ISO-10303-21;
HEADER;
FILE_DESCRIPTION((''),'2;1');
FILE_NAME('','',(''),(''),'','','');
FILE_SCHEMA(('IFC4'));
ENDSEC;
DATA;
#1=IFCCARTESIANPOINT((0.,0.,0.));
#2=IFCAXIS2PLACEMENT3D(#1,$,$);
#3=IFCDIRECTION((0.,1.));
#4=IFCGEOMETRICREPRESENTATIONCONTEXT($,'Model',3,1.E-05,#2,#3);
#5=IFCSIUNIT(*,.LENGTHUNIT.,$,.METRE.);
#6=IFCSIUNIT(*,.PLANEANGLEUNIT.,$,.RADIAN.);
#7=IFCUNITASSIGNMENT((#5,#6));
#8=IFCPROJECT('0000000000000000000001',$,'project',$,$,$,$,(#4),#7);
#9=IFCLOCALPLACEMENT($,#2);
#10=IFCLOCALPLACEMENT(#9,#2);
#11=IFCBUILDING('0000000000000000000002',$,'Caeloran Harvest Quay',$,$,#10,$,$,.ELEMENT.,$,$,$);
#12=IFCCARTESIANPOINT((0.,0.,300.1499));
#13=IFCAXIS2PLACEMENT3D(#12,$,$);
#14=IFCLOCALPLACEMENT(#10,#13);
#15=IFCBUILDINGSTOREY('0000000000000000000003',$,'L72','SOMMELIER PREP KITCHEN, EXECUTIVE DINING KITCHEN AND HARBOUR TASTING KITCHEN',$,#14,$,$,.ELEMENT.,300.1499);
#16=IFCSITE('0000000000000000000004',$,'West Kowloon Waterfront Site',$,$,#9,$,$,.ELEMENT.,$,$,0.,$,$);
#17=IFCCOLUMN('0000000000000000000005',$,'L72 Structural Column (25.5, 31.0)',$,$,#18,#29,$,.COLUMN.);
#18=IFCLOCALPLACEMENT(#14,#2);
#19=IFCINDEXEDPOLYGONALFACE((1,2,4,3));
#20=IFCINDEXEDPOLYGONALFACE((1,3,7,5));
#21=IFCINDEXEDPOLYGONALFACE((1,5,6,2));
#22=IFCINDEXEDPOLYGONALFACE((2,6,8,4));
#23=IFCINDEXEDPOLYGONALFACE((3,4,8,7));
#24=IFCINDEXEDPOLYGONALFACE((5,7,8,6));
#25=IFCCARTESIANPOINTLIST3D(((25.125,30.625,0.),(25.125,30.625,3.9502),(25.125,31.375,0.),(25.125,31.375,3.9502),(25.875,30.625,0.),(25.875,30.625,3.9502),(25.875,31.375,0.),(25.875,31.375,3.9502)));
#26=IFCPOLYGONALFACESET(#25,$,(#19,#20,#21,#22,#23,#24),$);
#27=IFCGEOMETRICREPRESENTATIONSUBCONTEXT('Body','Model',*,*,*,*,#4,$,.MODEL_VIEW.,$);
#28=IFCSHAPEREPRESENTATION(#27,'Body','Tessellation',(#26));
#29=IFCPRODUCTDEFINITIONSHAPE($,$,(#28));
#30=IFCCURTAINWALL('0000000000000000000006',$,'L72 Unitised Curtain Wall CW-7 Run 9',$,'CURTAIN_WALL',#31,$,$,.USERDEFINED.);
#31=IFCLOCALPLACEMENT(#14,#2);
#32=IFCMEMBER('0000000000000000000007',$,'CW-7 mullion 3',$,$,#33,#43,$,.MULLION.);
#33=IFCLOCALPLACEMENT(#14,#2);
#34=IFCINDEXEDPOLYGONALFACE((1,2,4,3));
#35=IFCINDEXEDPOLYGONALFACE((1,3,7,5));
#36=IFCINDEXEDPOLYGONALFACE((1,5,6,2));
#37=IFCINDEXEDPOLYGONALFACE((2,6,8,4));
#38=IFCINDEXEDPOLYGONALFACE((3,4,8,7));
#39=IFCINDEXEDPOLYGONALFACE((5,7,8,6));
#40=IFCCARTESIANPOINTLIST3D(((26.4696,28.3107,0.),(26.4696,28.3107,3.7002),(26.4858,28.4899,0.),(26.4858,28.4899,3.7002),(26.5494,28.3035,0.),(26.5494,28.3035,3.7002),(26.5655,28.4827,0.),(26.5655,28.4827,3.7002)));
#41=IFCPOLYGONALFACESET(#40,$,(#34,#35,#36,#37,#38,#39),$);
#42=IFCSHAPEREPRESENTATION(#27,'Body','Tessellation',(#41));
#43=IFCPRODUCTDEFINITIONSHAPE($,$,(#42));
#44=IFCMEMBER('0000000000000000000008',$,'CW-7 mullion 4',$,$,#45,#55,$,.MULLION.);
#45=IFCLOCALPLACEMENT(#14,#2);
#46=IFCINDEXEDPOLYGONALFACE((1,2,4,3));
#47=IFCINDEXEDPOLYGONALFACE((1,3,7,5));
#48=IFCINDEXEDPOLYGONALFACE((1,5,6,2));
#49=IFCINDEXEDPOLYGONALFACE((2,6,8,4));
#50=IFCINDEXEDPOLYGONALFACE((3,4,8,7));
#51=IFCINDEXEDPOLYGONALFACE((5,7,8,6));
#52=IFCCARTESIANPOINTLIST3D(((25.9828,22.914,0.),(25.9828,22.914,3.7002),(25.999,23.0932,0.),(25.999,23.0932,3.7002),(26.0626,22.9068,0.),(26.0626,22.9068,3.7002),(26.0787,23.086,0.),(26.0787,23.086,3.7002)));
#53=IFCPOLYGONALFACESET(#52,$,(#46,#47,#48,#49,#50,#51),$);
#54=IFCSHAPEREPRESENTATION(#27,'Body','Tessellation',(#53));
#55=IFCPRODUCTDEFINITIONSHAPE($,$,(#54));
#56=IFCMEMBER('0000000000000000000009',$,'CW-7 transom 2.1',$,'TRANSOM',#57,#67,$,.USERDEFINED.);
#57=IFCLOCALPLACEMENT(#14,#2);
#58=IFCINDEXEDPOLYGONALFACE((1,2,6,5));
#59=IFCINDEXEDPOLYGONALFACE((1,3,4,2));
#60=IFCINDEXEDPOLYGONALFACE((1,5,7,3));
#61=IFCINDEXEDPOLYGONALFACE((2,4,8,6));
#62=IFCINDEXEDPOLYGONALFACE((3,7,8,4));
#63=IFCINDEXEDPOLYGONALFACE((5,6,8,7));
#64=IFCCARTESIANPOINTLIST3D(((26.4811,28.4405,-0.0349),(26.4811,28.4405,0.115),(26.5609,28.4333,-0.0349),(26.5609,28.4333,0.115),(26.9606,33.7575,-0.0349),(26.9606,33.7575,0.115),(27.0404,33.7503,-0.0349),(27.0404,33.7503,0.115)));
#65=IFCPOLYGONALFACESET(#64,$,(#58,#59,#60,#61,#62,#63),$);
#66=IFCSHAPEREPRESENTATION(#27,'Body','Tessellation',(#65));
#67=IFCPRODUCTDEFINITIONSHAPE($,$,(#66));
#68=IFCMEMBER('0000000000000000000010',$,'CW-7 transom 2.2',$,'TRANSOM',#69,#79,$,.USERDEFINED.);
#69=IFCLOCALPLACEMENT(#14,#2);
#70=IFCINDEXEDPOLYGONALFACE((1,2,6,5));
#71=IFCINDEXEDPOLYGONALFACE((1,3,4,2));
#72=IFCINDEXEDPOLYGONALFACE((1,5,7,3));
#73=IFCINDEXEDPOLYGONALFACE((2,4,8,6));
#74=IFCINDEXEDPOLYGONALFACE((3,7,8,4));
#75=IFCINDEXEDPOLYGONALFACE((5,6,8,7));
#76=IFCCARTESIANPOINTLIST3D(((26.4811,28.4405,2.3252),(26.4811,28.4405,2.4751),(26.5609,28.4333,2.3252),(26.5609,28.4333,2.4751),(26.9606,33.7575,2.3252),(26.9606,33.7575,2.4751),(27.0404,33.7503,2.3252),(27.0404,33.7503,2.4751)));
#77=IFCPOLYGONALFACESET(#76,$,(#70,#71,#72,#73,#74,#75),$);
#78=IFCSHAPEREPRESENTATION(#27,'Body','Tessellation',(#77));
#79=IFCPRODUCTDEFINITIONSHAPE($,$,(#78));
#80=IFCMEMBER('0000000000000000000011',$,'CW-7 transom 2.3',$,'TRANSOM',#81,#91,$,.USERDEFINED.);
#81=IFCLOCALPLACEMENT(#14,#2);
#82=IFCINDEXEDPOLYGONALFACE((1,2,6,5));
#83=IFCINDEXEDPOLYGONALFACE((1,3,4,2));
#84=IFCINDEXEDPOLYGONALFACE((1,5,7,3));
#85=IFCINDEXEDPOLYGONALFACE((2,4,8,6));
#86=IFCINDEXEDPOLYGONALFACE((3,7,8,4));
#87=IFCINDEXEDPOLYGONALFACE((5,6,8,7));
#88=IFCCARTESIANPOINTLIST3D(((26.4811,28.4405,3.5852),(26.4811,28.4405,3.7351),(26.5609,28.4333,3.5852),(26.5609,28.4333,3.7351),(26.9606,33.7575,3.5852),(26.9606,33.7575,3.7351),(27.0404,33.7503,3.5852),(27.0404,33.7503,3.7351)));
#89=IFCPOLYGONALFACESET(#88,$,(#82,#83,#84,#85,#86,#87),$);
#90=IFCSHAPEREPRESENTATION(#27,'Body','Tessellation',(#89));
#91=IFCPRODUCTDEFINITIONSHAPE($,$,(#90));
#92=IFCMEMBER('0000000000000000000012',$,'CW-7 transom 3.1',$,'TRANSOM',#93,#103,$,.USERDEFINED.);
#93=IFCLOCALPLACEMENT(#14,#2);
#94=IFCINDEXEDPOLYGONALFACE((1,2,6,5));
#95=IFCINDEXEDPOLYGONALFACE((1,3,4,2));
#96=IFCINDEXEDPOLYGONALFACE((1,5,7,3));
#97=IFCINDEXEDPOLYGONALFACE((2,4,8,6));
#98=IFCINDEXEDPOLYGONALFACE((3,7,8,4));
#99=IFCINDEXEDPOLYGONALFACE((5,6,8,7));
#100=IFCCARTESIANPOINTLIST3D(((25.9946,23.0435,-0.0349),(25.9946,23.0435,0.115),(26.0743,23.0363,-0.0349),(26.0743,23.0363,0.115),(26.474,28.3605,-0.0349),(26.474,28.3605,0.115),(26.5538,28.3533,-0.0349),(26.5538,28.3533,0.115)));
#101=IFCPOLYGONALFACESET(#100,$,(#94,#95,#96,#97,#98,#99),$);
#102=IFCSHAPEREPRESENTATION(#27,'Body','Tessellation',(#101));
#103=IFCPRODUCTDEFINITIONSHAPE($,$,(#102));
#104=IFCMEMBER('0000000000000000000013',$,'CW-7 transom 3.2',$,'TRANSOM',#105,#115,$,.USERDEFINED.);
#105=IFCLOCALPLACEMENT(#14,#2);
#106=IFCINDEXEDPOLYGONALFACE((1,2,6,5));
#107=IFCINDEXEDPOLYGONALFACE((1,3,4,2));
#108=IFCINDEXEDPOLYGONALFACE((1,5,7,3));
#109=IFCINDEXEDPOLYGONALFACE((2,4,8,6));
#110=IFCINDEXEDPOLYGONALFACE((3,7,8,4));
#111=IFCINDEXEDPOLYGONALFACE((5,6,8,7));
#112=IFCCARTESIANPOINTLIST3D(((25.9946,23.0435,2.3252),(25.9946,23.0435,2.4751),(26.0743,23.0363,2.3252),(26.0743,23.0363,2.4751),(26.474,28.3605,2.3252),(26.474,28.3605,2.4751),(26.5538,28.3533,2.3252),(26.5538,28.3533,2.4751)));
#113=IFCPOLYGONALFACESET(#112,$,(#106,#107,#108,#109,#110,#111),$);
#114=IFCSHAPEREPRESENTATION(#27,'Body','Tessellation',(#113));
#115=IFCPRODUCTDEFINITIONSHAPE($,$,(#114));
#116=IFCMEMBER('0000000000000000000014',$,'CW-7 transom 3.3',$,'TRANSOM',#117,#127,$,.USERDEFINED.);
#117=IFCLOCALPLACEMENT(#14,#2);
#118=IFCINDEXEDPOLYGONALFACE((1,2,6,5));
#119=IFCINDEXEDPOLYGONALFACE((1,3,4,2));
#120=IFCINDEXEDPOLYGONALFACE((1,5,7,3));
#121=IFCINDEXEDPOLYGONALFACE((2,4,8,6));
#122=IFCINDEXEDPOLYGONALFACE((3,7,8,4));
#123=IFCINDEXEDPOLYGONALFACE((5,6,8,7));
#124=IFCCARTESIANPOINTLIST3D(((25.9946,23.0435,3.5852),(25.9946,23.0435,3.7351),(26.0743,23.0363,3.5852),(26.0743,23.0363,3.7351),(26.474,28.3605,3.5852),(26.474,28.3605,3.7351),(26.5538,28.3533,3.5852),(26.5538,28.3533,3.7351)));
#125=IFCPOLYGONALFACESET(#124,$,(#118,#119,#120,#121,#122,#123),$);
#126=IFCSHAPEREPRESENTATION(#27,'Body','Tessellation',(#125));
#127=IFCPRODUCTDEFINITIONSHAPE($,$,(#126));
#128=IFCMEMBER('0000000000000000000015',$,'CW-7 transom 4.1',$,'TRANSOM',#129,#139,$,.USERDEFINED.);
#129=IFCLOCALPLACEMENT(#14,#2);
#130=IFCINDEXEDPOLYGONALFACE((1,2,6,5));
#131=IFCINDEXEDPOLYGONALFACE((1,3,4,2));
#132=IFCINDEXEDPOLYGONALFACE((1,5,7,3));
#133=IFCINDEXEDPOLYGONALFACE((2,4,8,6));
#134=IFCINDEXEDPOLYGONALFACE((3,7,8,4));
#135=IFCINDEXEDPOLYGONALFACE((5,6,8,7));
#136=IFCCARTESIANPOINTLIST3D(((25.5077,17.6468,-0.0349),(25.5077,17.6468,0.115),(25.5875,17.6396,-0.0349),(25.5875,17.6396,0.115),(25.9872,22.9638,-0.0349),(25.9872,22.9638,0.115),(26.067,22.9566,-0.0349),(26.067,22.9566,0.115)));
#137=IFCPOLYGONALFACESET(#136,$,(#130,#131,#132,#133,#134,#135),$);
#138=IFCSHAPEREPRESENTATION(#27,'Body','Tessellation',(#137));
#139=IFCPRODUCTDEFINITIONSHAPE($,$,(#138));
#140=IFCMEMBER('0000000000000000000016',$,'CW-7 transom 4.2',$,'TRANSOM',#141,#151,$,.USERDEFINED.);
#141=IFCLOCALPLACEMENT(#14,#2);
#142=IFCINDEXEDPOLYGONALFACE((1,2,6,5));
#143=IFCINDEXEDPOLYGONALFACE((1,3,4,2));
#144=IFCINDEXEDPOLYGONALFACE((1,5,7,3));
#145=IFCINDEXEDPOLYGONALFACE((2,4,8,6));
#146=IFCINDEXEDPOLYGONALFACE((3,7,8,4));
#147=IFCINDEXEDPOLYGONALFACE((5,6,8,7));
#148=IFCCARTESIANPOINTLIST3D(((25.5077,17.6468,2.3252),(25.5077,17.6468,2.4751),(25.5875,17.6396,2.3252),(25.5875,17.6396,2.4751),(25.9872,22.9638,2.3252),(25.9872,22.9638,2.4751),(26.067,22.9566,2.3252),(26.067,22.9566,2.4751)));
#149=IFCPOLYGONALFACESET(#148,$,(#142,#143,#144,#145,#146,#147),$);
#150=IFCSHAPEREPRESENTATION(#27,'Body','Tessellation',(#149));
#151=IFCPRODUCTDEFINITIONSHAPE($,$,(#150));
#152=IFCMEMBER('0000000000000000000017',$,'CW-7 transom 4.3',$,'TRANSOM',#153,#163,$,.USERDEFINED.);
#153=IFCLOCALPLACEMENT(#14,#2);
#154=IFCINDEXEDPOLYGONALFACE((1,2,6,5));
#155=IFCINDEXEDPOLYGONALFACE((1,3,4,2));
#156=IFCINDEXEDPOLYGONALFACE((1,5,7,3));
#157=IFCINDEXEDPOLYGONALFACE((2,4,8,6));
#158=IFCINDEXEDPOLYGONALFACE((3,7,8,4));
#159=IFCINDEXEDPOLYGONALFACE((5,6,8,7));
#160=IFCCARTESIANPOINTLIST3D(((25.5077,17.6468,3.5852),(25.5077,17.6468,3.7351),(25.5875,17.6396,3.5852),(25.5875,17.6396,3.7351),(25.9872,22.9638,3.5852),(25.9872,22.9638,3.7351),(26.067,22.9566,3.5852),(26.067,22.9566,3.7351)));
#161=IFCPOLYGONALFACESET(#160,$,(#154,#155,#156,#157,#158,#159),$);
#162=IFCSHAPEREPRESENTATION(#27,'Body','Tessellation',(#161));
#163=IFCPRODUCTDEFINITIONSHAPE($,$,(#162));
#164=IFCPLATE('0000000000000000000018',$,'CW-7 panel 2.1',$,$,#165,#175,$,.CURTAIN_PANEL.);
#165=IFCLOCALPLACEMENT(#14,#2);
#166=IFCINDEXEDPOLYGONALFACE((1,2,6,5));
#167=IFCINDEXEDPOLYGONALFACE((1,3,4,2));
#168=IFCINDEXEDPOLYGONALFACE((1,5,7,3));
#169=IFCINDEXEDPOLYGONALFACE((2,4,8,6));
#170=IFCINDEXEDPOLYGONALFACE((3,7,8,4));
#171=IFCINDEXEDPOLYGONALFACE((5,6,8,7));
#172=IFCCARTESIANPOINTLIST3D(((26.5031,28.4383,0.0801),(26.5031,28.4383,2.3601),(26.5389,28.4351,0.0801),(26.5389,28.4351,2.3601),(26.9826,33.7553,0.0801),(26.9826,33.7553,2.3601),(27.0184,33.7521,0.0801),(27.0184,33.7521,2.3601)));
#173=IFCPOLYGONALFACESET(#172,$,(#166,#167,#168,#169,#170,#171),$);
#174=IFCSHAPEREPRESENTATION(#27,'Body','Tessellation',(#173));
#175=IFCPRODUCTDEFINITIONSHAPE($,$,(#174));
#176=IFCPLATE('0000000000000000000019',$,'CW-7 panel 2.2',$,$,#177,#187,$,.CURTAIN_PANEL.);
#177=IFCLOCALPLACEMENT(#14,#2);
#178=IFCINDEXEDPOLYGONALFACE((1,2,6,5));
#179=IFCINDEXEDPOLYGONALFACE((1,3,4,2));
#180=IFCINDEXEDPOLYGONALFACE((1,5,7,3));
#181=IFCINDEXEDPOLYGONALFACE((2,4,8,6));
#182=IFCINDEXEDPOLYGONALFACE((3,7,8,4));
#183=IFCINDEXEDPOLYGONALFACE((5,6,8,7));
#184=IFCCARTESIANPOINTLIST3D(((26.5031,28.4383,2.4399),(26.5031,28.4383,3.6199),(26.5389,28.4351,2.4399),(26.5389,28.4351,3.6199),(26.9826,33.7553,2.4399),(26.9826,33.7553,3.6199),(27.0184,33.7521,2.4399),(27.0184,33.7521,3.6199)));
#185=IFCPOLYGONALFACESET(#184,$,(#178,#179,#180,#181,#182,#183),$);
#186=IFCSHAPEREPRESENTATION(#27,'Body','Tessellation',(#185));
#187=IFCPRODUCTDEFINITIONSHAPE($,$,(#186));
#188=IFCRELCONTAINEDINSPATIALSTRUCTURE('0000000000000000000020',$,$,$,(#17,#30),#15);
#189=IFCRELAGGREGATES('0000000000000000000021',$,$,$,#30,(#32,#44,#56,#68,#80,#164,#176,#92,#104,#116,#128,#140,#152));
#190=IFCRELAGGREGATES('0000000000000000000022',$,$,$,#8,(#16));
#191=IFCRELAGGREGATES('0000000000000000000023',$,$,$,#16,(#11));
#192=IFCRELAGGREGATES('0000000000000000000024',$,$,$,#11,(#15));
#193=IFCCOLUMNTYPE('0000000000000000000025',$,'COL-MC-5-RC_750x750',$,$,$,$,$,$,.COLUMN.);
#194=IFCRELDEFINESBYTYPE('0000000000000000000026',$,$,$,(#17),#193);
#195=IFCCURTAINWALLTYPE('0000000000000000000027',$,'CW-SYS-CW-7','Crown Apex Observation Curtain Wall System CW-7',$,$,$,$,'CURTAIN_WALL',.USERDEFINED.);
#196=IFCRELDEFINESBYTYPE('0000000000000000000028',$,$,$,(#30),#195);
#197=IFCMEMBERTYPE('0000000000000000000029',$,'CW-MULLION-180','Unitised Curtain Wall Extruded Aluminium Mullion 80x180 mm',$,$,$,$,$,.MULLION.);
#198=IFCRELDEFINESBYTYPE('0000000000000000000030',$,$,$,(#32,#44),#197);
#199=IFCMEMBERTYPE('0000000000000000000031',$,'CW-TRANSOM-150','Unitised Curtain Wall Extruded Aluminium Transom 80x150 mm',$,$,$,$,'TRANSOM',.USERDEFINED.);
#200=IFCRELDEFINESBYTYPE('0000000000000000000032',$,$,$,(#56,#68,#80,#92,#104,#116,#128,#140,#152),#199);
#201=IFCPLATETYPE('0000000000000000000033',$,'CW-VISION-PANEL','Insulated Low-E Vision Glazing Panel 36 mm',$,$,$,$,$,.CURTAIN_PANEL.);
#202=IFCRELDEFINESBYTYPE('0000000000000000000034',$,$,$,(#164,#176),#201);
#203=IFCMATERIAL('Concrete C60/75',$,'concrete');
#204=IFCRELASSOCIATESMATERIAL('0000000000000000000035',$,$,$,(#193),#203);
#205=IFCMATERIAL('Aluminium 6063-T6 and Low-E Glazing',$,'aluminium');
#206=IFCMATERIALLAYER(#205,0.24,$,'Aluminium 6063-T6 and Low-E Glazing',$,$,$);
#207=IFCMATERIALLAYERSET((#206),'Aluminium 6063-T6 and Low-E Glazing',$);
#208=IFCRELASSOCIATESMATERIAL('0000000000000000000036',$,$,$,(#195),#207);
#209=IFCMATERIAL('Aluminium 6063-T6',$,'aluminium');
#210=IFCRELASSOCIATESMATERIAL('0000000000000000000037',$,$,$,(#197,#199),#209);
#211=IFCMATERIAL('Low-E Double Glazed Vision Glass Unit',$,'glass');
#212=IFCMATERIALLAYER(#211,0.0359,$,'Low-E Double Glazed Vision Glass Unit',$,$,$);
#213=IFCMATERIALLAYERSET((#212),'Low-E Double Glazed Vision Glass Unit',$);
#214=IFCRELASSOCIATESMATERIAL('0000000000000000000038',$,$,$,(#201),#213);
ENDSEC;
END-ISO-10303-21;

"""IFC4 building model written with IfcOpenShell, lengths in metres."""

from ifc_helpers import new_model, si_unit, direction, frame, origin, origin_2d, place, context, subcontext, project, spatial, rectangle, extrude, material, layer, layer_set, material_profile, profile_set, type_object, element, aggregate, save


model = new_model("IFC4")

# Units and contexts
model_context = context("Model", 3, precision=1e-05, world=origin(), true_north=direction((0.0, 1.0)))
body_context = subcontext(model_context, "Body", "Model", "MODEL_VIEW")
ifc_project = project(units=[si_unit("LENGTHUNIT", "METRE"), si_unit("PLANEANGLEUNIT", "RADIAN")], contexts=[model_context])

# Site, building, storey
site_placement = place(None, origin())
site = spatial("IfcSite", under=ifc_project, at=site_placement, Name="West Kowloon Waterfront Site", CompositionType="ELEMENT", RefElevation=0.0)
building_placement = place(site_placement, origin())
building = spatial("IfcBuilding", under=site, at=building_placement, Name="Caeloran Harvest Quay", CompositionType="ELEMENT")
storey_placement = place(building_placement, frame((0.0, 0.0, 300.1499)))
storey = spatial("IfcBuildingStorey", under=building, at=storey_placement, Name="L72", Description="SOMMELIER PREP KITCHEN, EXECUTIVE DINING KITCHEN AND HARBOUR TASTING KITCHEN", CompositionType="ELEMENT", Elevation=300.1499)

# Column
ifc_material_1 = material(Name="Concrete C60/75", Category="concrete")
ifc_material_profile_1 = material_profile(ifc_material_1, rectangle(XDim=0.75, YDim=0.75, at=origin_2d()), Name="RC 750x750")
ifc_profile_set_1 = profile_set([ifc_material_profile_1], Name="Concrete C60/75")
column_type = type_object("IfcColumnType", Name="COL-MC-5-RC_750x750", PredefinedType="COLUMN", material=ifc_profile_set_1)
column_placement = place(storey_placement, frame((25.5, 31.0, 0.0), z_axis=(0.0, 0.0, 1.0), x_axis=(1.0, 0.0, 0.0)))
element("IfcColumn", 1, at=column_placement, inside=storey, type_object=column_type, Name="L72 Structural Column (25.5, 31.0)", PredefinedType="COLUMN", context=body_context, shape_type="SweptSolid", body=[
    extrude(rectangle(XDim=0.75, YDim=0.75, at=origin_2d()), origin(), (0.0, 0.0, 1.0), 3.9502),
])

# Curtain wall, members, plates
ifc_material_2 = material(Name="Aluminium 6063-T6 and Low-E Glazing", Category="aluminium")
ifc_layer_1 = layer(ifc_material_2, 0.24, Name="Aluminium 6063-T6 and Low-E Glazing")
ifc_layer_set_1 = layer_set([ifc_layer_1], Name="Aluminium 6063-T6 and Low-E Glazing")
curtain_wall_type = type_object("IfcCurtainWallType", Name="CW-SYS-CW-7", Description="Crown Apex Observation Curtain Wall System CW-7", ElementType="CURTAIN_WALL", PredefinedType="USERDEFINED", material=ifc_layer_set_1)
curtain_wall_placement = place(storey_placement, origin())
curtain_wall = element("IfcCurtainWall", 2, at=curtain_wall_placement, inside=storey, type_object=curtain_wall_type, Name="L72 Unitised Curtain Wall CW-7 Run 9", ObjectType="CURTAIN_WALL", PredefinedType="USERDEFINED")
ifc_material_3 = material(Name="Aluminium 6063-T6", Category="aluminium")
ifc_material_profile_2 = material_profile(ifc_material_3, rectangle(XDim=0.0801, YDim=0.1799, at=origin_2d()), Name="CW-MULLION-180")
ifc_profile_set_2 = profile_set([ifc_material_profile_2], Name="Aluminium 6063-T6")
member_type_1 = type_object("IfcMemberType", Name="CW-MULLION-180", Description="Unitised Curtain Wall Extruded Aluminium Mullion 80x180 mm", PredefinedType="MULLION", material=ifc_profile_set_2)
member_1_placement = place(storey_placement, frame((26.5176, 28.3967, 0.0), z_axis=(0.0, 0.0, 1.0), x_axis=(0.995958, -0.089821, 0.0)))
member_1 = element("IfcMember", 3, at=member_1_placement, type_object=member_type_1, Name="CW-7 mullion 3", PredefinedType="MULLION", context=body_context, shape_type="SweptSolid", body=[
    extrude(rectangle(XDim=0.0801, YDim=0.1799, at=origin_2d()), origin(), (0.0, 0.0, 1.0), 3.7002),
])
member_2_placement = place(storey_placement, frame((26.0308, 23.0, 0.0), z_axis=(0.0, 0.0, 1.0), x_axis=(0.995958, -0.089821, 0.0)))
member_2 = element("IfcMember", 4, at=member_2_placement, type_object=member_type_1, Name="CW-7 mullion 4", PredefinedType="MULLION", context=body_context, shape_type="SweptSolid", body=[
    extrude(rectangle(XDim=0.0801, YDim=0.1799, at=origin_2d()), origin(), (0.0, 0.0, 1.0), 3.7002),
])
ifc_material_profile_3 = material_profile(ifc_material_3, rectangle(XDim=0.0801, YDim=0.1499, at=origin_2d()), Name="CW-TRANSOM-150")
ifc_profile_set_3 = profile_set([ifc_material_profile_3], Name="Aluminium 6063-T6")
member_type_2 = type_object("IfcMemberType", Name="CW-TRANSOM-150", Description="Unitised Curtain Wall Extruded Aluminium Transom 80x150 mm", ElementType="TRANSOM", PredefinedType="USERDEFINED", material=ifc_profile_set_3)
member_3_placement = place(storey_placement, frame((27.0005, 33.7539, 0.04), z_axis=(-0.089814, -0.995959, 0.0), x_axis=(0.995959, -0.089814, 0.0)))
member_3 = element("IfcMember", 5, at=member_3_placement, type_object=member_type_2, Name="CW-7 transom 2.1", ObjectType="TRANSOM", PredefinedType="USERDEFINED", context=body_context, shape_type="SweptSolid", body=[
    extrude(rectangle(XDim=0.0801, YDim=0.1499, at=origin_2d()), origin(), (0.0, 0.0, 1.0), 5.3386),
])
member_4_placement = place(storey_placement, frame((27.0005, 33.7539, 2.4001), z_axis=(-0.089814, -0.995959, 0.0), x_axis=(0.995959, -0.089814, 0.0)))
member_4 = element("IfcMember", 6, at=member_4_placement, type_object=member_type_2, Name="CW-7 transom 2.2", ObjectType="TRANSOM", PredefinedType="USERDEFINED", context=body_context, shape_type="SweptSolid", body=[
    extrude(rectangle(XDim=0.0801, YDim=0.1499, at=origin_2d()), origin(), (0.0, 0.0, 1.0), 5.3386),
])
member_5_placement = place(storey_placement, frame((27.0005, 33.7539, 3.6602), z_axis=(-0.089814, -0.995959, 0.0), x_axis=(0.995959, -0.089814, 0.0)))
member_5 = element("IfcMember", 7, at=member_5_placement, type_object=member_type_2, Name="CW-7 transom 2.3", ObjectType="TRANSOM", PredefinedType="USERDEFINED", context=body_context, shape_type="SweptSolid", body=[
    extrude(rectangle(XDim=0.0801, YDim=0.1499, at=origin_2d()), origin(), (0.0, 0.0, 1.0), 5.3386),
])
member_6_placement = place(storey_placement, frame((26.5139, 28.3569, 0.04), z_axis=(-0.089814, -0.995959, 0.0), x_axis=(0.995959, -0.089814, 0.0)))
member_6 = element("IfcMember", 8, at=member_6_placement, type_object=member_type_2, Name="CW-7 transom 3.1", ObjectType="TRANSOM", PredefinedType="USERDEFINED", context=body_context, shape_type="SweptSolid", body=[
    extrude(rectangle(XDim=0.0801, YDim=0.1499, at=origin_2d()), origin(), (0.0, 0.0, 1.0), 5.3386),
])
member_7_placement = place(storey_placement, frame((26.5139, 28.3569, 2.4001), z_axis=(-0.089814, -0.995959, 0.0), x_axis=(0.995959, -0.089814, 0.0)))
member_7 = element("IfcMember", 9, at=member_7_placement, type_object=member_type_2, Name="CW-7 transom 3.2", ObjectType="TRANSOM", PredefinedType="USERDEFINED", context=body_context, shape_type="SweptSolid", body=[
    extrude(rectangle(XDim=0.0801, YDim=0.1499, at=origin_2d()), origin(), (0.0, 0.0, 1.0), 5.3386),
])
member_8_placement = place(storey_placement, frame((26.5139, 28.3569, 3.6602), z_axis=(-0.089814, -0.995959, 0.0), x_axis=(0.995959, -0.089814, 0.0)))
member_8 = element("IfcMember", 10, at=member_8_placement, type_object=member_type_2, Name="CW-7 transom 3.3", ObjectType="TRANSOM", PredefinedType="USERDEFINED", context=body_context, shape_type="SweptSolid", body=[
    extrude(rectangle(XDim=0.0801, YDim=0.1499, at=origin_2d()), origin(), (0.0, 0.0, 1.0), 5.3386),
])
member_9_placement = place(storey_placement, frame((26.0271, 22.9602, 0.04), z_axis=(-0.089814, -0.995959, 0.0), x_axis=(0.995959, -0.089814, 0.0)))
member_9 = element("IfcMember", 11, at=member_9_placement, type_object=member_type_2, Name="CW-7 transom 4.1", ObjectType="TRANSOM", PredefinedType="USERDEFINED", context=body_context, shape_type="SweptSolid", body=[
    extrude(rectangle(XDim=0.0801, YDim=0.1499, at=origin_2d()), origin(), (0.0, 0.0, 1.0), 5.3386),
])
member_10_placement = place(storey_placement, frame((26.0271, 22.9602, 2.4001), z_axis=(-0.089814, -0.995959, 0.0), x_axis=(0.995959, -0.089814, 0.0)))
member_10 = element("IfcMember", 12, at=member_10_placement, type_object=member_type_2, Name="CW-7 transom 4.2", ObjectType="TRANSOM", PredefinedType="USERDEFINED", context=body_context, shape_type="SweptSolid", body=[
    extrude(rectangle(XDim=0.0801, YDim=0.1499, at=origin_2d()), origin(), (0.0, 0.0, 1.0), 5.3386),
])
member_11_placement = place(storey_placement, frame((26.0271, 22.9602, 3.6602), z_axis=(-0.089814, -0.995959, 0.0), x_axis=(0.995959, -0.089814, 0.0)))
member_11 = element("IfcMember", 13, at=member_11_placement, type_object=member_type_2, Name="CW-7 transom 4.3", ObjectType="TRANSOM", PredefinedType="USERDEFINED", context=body_context, shape_type="SweptSolid", body=[
    extrude(rectangle(XDim=0.0801, YDim=0.1499, at=origin_2d()), origin(), (0.0, 0.0, 1.0), 5.3386),
])
ifc_material_4 = material(Name="Low-E Double Glazed Vision Glass Unit", Category="glass")
ifc_layer_2 = layer(ifc_material_4, 0.0359, Name="Low-E Double Glazed Vision Glass Unit")
ifc_layer_set_2 = layer_set([ifc_layer_2], Name="Low-E Double Glazed Vision Glass Unit")
plate_type = type_object("IfcPlateType", Name="CW-VISION-PANEL", Description="Insulated Low-E Vision Glazing Panel 36 mm", PredefinedType="CURTAIN_PANEL", material=ifc_layer_set_2)
plate_1_placement = place(storey_placement, frame((26.7607, 31.0952, 0.0801), z_axis=(0.0, 0.0, 1.0), x_axis=(-0.089821, -0.995958, 0.0)))
plate_1 = element("IfcPlate", 14, at=plate_1_placement, type_object=plate_type, Name="CW-7 panel 2.1", PredefinedType="CURTAIN_PANEL", context=body_context, shape_type="SweptSolid", body=[
    extrude(rectangle(XDim=5.3386, YDim=0.0359, at=origin_2d()), origin(), (0.0, 0.0, 1.0), 2.28),
])
plate_2_placement = place(storey_placement, frame((26.7607, 31.0952, 2.4399), z_axis=(0.0, 0.0, 1.0), x_axis=(-0.089821, -0.995958, 0.0)))
plate_2 = element("IfcPlate", 15, at=plate_2_placement, type_object=plate_type, Name="CW-7 panel 2.2", PredefinedType="CURTAIN_PANEL", context=body_context, shape_type="SweptSolid", body=[
    extrude(rectangle(XDim=5.3386, YDim=0.0359, at=origin_2d()), origin(), (0.0, 0.0, 1.0), 1.1799),
])
aggregate(curtain_wall, [member_1, member_2, member_3, member_4, member_5, plate_1, plate_2, member_6, member_7, member_8, member_9, member_10, member_11])

save(model, "model.ifc")
